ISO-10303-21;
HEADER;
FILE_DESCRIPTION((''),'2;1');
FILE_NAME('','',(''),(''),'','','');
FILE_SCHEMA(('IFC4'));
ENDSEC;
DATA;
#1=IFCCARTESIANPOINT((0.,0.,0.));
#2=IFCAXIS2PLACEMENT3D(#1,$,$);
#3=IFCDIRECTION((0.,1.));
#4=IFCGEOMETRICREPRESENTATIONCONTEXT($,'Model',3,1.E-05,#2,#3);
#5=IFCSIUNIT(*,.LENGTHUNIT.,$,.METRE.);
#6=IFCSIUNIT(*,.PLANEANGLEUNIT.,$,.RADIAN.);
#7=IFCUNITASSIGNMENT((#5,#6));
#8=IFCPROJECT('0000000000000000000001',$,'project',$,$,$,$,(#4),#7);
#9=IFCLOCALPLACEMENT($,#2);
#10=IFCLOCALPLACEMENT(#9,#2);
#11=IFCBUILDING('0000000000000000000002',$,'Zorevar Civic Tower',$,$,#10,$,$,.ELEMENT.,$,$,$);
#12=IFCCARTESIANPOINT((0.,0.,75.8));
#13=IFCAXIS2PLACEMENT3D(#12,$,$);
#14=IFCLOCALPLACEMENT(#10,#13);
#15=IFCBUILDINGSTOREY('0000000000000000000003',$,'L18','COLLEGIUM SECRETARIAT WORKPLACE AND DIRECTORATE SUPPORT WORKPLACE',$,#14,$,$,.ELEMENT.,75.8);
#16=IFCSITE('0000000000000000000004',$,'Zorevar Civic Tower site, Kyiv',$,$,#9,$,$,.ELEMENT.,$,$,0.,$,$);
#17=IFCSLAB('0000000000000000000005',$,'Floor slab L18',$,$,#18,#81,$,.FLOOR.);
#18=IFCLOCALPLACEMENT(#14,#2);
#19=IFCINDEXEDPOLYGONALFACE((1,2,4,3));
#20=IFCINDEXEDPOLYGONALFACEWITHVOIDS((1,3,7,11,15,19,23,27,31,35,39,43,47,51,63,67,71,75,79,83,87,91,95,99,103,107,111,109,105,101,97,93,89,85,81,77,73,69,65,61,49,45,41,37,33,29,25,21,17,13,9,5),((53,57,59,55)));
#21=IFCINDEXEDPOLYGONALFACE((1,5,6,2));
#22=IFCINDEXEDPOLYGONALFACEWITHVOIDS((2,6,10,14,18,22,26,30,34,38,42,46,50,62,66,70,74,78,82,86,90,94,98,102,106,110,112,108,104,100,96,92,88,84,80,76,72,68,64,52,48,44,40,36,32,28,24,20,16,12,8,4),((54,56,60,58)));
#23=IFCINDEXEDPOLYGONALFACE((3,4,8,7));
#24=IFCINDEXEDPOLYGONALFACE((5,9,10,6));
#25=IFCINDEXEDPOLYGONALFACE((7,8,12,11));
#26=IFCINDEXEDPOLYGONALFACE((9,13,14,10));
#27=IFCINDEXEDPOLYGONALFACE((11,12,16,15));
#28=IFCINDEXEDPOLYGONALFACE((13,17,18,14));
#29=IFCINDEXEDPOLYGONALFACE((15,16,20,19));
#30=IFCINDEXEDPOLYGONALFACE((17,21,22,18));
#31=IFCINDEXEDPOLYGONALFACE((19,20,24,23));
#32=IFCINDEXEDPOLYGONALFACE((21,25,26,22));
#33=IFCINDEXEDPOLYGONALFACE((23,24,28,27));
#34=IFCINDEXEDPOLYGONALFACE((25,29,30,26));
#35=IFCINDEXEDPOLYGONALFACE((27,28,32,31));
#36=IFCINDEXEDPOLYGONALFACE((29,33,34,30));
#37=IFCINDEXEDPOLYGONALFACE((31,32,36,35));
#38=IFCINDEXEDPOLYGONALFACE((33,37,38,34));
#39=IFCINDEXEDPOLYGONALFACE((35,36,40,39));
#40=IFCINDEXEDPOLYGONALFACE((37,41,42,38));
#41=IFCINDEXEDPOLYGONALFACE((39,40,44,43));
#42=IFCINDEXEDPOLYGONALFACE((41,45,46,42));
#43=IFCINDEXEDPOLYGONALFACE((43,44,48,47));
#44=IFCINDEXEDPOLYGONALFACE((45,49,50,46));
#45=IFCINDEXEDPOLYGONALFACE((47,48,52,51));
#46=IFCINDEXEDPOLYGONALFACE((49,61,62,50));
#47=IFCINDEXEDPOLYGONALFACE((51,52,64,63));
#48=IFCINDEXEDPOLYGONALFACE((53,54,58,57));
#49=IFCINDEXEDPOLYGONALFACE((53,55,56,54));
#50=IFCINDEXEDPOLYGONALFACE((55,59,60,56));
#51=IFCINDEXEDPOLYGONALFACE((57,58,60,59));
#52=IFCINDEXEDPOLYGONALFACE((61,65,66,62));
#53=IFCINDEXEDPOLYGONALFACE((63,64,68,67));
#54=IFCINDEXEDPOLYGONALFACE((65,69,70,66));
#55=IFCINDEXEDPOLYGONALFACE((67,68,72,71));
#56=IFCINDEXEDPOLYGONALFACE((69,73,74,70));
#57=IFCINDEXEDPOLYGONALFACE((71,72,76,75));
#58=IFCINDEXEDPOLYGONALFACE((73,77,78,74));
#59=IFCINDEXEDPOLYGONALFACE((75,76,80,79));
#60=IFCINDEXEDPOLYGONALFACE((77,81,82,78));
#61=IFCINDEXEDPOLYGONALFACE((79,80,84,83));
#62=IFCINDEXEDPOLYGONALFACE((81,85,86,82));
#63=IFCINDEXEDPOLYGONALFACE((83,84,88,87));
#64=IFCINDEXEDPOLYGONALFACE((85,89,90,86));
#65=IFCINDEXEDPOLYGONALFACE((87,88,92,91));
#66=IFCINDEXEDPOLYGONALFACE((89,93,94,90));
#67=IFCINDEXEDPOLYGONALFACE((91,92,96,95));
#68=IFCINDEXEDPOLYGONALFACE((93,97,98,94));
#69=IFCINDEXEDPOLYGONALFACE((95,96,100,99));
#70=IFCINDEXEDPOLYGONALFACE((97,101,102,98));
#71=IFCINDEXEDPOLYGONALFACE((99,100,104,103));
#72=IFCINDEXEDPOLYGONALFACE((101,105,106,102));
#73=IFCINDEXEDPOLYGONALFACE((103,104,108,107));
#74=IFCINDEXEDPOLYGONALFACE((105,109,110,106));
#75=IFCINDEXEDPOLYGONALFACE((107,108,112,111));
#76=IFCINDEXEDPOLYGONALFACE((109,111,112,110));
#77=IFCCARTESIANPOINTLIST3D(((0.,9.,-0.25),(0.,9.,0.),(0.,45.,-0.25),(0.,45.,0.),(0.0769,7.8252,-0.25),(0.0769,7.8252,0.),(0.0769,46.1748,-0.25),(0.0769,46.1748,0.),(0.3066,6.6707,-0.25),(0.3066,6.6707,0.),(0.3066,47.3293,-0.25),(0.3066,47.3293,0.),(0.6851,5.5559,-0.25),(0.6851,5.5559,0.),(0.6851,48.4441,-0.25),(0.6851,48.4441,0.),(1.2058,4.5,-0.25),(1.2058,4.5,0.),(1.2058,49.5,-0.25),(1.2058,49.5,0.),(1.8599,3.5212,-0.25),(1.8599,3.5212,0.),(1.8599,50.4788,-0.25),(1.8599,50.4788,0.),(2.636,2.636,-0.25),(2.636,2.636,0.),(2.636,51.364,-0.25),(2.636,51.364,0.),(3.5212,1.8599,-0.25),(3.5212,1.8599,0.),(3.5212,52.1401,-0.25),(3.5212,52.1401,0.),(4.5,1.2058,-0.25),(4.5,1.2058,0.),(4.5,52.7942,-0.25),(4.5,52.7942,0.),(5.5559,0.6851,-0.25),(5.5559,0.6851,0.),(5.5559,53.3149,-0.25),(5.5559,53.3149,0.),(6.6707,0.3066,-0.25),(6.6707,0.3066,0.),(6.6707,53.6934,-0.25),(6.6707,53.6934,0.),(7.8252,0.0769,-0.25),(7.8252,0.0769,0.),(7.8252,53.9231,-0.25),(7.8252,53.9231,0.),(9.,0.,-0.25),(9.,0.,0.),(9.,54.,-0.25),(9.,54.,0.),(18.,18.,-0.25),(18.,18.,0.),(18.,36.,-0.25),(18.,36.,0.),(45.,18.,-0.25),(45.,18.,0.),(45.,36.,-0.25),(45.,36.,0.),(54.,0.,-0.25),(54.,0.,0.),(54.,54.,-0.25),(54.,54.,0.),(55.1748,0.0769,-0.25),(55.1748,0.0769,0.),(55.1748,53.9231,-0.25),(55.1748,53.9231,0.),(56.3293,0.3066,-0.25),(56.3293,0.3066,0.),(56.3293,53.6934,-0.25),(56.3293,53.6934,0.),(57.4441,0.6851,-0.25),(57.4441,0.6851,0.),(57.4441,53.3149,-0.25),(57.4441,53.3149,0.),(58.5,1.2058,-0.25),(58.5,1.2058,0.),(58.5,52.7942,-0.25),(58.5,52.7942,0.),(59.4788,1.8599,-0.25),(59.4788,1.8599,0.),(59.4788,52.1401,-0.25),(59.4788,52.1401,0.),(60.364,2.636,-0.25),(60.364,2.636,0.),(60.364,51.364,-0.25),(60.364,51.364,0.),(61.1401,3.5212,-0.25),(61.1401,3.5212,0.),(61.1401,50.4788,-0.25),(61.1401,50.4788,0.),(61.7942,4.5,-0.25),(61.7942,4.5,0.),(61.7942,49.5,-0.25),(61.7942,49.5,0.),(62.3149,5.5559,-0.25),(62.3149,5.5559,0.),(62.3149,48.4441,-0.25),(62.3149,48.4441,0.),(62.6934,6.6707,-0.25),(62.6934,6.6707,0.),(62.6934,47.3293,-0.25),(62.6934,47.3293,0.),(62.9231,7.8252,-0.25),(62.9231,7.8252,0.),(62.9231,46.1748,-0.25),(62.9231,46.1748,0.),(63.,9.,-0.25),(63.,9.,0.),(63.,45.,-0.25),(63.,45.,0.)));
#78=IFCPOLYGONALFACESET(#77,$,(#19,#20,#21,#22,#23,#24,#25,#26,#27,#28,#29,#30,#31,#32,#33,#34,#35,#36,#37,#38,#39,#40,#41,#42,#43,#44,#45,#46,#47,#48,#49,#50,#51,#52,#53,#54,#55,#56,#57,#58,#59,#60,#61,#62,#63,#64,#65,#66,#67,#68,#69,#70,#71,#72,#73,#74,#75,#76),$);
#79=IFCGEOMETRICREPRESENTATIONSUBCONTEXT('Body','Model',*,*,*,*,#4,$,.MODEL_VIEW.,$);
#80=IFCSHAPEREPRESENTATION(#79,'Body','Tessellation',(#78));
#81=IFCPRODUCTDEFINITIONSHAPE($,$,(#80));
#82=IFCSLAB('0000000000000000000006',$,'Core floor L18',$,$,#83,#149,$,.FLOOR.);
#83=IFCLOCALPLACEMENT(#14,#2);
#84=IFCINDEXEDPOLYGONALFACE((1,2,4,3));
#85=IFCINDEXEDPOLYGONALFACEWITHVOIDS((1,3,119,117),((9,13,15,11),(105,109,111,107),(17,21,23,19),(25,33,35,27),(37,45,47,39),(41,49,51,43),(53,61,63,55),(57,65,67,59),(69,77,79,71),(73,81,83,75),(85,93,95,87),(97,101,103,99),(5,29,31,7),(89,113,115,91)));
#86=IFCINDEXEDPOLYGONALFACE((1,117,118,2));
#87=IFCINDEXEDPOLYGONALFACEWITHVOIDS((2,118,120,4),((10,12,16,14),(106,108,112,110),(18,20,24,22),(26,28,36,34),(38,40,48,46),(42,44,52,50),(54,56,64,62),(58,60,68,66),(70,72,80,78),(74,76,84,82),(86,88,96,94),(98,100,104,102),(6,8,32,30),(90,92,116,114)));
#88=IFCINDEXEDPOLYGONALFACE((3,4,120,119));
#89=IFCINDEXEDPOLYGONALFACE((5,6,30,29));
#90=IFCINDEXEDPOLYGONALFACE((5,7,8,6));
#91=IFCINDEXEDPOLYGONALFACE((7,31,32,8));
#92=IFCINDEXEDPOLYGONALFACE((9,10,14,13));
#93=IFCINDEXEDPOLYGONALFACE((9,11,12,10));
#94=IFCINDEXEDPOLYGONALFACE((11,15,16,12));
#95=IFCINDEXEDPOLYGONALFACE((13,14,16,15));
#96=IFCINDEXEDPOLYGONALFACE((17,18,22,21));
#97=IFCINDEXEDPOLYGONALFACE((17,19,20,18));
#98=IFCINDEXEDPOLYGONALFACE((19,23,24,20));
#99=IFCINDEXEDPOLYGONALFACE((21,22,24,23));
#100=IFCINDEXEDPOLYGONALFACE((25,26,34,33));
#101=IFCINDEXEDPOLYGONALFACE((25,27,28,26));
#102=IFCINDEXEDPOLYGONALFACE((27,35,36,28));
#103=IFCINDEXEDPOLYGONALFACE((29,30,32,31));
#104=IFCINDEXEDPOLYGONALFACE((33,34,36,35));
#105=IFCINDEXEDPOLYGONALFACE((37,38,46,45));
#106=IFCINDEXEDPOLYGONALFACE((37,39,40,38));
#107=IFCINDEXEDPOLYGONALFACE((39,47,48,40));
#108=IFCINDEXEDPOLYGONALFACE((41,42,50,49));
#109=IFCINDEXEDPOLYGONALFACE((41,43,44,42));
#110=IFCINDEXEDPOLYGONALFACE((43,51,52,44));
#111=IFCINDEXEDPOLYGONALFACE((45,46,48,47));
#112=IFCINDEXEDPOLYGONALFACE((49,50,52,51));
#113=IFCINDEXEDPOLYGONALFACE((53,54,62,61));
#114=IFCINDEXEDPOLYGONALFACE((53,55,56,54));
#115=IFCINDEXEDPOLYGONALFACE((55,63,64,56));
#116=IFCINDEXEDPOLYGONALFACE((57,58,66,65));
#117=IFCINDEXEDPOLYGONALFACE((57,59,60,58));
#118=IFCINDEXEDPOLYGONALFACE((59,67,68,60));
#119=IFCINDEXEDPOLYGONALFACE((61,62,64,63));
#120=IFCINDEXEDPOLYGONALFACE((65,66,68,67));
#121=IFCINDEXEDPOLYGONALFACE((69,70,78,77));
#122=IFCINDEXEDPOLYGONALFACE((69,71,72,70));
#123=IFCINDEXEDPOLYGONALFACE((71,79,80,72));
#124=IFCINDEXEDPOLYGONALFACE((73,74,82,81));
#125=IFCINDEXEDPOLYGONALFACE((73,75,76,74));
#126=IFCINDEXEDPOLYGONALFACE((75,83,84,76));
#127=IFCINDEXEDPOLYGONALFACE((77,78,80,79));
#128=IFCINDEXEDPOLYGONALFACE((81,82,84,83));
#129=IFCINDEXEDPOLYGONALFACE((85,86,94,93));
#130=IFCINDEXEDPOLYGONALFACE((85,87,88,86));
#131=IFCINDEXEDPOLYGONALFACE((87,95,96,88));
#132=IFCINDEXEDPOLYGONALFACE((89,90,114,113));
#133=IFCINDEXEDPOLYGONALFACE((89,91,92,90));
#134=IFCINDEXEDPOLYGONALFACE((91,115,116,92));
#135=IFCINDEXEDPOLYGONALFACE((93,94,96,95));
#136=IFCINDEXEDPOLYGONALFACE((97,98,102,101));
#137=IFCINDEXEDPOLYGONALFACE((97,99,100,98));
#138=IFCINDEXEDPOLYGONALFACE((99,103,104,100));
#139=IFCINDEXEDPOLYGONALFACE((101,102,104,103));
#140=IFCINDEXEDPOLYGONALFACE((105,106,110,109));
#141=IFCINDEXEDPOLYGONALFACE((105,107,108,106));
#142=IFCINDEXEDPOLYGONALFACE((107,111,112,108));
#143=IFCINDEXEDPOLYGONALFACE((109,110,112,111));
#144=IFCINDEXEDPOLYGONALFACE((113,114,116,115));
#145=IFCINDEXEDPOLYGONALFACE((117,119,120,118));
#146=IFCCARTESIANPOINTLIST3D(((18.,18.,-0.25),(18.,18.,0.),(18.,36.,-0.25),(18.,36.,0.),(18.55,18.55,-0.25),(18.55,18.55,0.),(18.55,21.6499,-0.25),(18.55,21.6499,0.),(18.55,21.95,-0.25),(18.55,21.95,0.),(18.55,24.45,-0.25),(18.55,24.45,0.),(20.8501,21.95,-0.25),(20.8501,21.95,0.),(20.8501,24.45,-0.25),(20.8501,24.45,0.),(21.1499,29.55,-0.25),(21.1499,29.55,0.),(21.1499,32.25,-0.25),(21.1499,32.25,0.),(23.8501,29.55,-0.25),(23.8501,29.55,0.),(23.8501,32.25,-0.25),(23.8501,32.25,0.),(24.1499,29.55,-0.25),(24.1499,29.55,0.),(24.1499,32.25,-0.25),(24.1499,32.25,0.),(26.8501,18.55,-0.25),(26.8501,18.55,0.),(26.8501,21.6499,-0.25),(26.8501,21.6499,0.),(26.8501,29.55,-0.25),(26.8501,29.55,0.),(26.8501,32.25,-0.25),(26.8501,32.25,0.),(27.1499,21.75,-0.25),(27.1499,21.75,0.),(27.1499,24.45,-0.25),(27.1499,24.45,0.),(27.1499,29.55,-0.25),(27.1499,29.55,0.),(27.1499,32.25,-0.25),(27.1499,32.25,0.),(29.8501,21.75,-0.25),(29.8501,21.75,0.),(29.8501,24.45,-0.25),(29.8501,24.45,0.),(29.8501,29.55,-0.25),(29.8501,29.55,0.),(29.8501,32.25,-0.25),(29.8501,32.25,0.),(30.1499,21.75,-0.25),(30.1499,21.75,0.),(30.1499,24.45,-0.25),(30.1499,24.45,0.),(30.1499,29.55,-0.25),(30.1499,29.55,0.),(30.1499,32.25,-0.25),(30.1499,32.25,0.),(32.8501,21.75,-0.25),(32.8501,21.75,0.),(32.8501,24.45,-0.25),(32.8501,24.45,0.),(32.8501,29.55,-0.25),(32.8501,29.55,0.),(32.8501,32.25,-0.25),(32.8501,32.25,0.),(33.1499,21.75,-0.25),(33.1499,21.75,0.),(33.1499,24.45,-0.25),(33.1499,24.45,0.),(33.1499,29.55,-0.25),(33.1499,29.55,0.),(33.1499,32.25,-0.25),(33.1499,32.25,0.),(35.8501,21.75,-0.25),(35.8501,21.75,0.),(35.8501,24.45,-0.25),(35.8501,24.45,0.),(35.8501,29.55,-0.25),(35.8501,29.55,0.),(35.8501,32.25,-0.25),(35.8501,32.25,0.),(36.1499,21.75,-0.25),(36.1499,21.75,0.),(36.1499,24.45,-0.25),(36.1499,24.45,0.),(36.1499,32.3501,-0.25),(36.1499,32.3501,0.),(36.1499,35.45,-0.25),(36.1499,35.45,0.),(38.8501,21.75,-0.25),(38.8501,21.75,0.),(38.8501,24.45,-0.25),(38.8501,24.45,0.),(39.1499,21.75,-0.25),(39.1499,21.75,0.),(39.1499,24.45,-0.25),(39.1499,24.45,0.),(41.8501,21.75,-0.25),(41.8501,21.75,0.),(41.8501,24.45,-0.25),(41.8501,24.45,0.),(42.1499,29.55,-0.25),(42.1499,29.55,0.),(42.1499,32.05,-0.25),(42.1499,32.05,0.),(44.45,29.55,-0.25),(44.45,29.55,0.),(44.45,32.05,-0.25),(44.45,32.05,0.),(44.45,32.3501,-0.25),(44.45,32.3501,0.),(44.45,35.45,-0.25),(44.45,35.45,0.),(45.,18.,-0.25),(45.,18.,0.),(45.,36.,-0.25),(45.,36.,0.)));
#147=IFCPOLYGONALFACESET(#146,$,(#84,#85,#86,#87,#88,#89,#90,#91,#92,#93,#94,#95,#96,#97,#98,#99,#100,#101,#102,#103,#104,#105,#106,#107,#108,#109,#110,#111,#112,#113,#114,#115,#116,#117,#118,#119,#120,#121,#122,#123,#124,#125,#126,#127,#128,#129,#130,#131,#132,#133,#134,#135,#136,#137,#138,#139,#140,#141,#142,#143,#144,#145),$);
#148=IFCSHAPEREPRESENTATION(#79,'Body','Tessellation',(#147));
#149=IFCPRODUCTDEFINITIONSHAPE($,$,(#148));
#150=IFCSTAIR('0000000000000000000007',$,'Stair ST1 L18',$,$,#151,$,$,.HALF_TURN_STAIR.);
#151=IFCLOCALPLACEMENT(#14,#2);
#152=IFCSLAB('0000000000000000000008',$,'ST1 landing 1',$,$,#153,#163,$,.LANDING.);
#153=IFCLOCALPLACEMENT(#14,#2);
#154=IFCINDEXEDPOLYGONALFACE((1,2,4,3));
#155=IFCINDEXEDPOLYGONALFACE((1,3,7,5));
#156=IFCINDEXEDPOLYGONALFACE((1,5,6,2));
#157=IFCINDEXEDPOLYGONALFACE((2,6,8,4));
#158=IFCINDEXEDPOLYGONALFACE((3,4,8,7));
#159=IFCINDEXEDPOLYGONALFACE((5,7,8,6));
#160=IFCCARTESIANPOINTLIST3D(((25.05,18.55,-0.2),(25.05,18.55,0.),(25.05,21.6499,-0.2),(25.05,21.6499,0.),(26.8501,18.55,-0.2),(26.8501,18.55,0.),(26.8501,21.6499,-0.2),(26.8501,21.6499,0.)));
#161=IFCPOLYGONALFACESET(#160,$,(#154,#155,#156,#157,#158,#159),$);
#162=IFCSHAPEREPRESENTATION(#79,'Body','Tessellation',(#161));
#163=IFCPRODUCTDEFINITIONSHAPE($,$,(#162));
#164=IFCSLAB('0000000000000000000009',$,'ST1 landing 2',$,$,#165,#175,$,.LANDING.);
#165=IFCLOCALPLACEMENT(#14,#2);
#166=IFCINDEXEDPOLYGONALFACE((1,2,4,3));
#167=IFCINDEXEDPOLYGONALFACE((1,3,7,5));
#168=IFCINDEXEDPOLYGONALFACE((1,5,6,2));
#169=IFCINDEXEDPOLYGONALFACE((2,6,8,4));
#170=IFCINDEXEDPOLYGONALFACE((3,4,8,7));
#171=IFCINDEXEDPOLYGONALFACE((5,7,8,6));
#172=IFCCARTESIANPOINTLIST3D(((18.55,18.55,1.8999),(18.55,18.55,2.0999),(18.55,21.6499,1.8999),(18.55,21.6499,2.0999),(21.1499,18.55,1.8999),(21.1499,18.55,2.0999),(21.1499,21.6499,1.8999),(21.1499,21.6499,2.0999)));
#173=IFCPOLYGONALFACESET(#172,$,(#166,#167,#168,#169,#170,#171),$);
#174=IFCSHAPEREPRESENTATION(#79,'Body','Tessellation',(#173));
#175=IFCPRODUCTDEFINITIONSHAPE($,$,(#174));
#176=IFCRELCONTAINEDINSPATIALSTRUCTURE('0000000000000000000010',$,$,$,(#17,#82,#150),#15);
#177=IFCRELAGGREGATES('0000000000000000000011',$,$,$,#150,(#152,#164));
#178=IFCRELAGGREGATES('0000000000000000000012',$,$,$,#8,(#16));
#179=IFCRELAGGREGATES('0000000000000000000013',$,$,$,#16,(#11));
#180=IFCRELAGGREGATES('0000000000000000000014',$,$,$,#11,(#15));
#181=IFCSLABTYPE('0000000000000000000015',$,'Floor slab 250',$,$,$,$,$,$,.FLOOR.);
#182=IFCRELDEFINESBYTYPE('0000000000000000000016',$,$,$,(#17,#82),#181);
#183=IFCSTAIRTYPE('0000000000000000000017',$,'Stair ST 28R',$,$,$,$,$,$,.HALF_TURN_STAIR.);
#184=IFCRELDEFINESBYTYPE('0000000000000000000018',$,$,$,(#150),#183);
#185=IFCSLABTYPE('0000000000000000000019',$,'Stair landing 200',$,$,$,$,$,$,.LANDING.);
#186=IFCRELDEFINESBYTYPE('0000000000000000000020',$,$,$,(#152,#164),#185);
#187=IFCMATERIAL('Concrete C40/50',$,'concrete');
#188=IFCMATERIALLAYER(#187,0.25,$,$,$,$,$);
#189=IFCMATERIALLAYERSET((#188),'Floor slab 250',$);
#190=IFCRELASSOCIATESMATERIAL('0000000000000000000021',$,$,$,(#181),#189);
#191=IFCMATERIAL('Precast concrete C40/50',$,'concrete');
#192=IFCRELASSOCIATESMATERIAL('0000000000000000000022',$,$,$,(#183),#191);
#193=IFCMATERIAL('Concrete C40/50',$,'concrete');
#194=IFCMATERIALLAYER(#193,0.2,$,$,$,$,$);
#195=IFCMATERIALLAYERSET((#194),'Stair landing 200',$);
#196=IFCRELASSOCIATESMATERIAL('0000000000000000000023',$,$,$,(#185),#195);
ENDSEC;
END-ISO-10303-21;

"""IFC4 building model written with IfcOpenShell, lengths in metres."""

from ifc_helpers import new_model, si_unit, direction, frame, origin, place, context, subcontext, project, spatial, polyline, outline, extrude, material, layer, layer_set, type_object, element, aggregate, save


model = new_model("IFC4")

# Units and contexts
model_context = context("Model", 3, precision=1e-05, world=origin(), true_north=direction((0.0, 1.0)))
body_context = subcontext(model_context, "Body", "Model", "MODEL_VIEW")
ifc_project = project(units=[si_unit("LENGTHUNIT", "METRE"), si_unit("PLANEANGLEUNIT", "RADIAN")], contexts=[model_context])

# Site, building, storey
site_placement = place(None, origin())
site = spatial("IfcSite", under=ifc_project, at=site_placement, Name="Zorevar Civic Tower site, Kyiv", CompositionType="ELEMENT", RefElevation=0.0)
building_placement = place(site_placement, origin())
building = spatial("IfcBuilding", under=site, at=building_placement, Name="Zorevar Civic Tower", CompositionType="ELEMENT")
storey_placement = place(building_placement, frame((0.0, 0.0, 75.8)))
storey = spatial("IfcBuildingStorey", under=building, at=storey_placement, Name="L18", Description="COLLEGIUM SECRETARIAT WORKPLACE AND DIRECTORATE SUPPORT WORKPLACE", CompositionType="ELEMENT", Elevation=75.8)

# Slabs
ifc_material_1 = material(Name="Concrete C40/50", Category="concrete")
ifc_layer_1 = layer(ifc_material_1, 0.25)
ifc_layer_set_1 = layer_set([ifc_layer_1], Name="Floor slab 250")
slab_type_1 = type_object("IfcSlabType", Name="Floor slab 250", PredefinedType="FLOOR", material=ifc_layer_set_1)
slab_1_placement = place(storey_placement, frame((0.0, 0.0, -0.25)))
element("IfcSlab", 1, at=slab_1_placement, inside=storey, type_object=slab_type_1, Name="Floor slab L18", PredefinedType="FLOOR", context=body_context, shape_type="SweptSolid", body=[
    extrude(outline(polyline([(54.0, 0.0), (55.1748, 0.0769), (56.3293, 0.3066), (57.4441, 0.6851), (58.5, 1.2058), (59.4788, 1.8599), (60.364, 2.636), (61.1401, 3.5212), (61.7942, 4.5), (62.3149, 5.5559), (62.6934, 6.6707), (62.9231, 7.8252), (63.0, 9.0), (63.0, 45.0), (62.9231, 46.1748), (62.6934, 47.3293), (62.3149, 48.4441), (61.7942, 49.5), (61.1401, 50.4788), (60.364, 51.364), (59.4788, 52.1401), (58.5, 52.7942), (57.4441, 53.3149), (56.3293, 53.6934), (55.1748, 53.9231), (54.0, 54.0), (9.0, 54.0), (7.8252, 53.9231), (6.6707, 53.6934), (5.5559, 53.3149), (4.5, 52.7942), (3.5212, 52.1401), (2.636, 51.364), (1.8599, 50.4788), (1.2058, 49.5), (0.6851, 48.4441), (0.3066, 47.3293), (0.0769, 46.1748), (0.0, 45.0), (0.0, 9.0), (0.0769, 7.8252), (0.3066, 6.6707), (0.6851, 5.5559), (1.2058, 4.5), (1.8599, 3.5212), (2.636, 2.636), (3.5212, 1.8599), (4.5, 1.2058), (5.5559, 0.6851), (6.6707, 0.3066), (7.8252, 0.0769), (9.0, 0.0), (54.0, 0.0)]), holes=[polyline([(18.0, 18.0), (45.0, 18.0), (45.0, 36.0), (18.0, 36.0), (18.0, 18.0)])]), origin(), (0.0, 0.0, 1.0), 0.25),
])
slab_2_placement = place(storey_placement, frame((0.0, 0.0, -0.25)))
element("IfcSlab", 2, at=slab_2_placement, inside=storey, type_object=slab_type_1, Name="Core floor L18", PredefinedType="FLOOR", context=body_context, shape_type="SweptSolid", body=[
    extrude(outline(polyline([(18.0, 18.0), (45.0, 18.0), (45.0, 36.0), (18.0, 36.0), (18.0, 18.0)]), holes=[polyline([(18.55, 18.55), (26.8501, 18.55), (26.8501, 21.6499), (18.55, 21.6499), (18.55, 18.55)]), polyline([(36.1499, 32.3501), (44.45, 32.3501), (44.45, 35.45), (36.1499, 35.45), (36.1499, 32.3501)]), polyline([(18.55, 21.95), (20.8501, 21.95), (20.8501, 24.45), (18.55, 24.45), (18.55, 21.95)]), polyline([(42.1499, 29.55), (44.45, 29.55), (44.45, 32.05), (42.1499, 32.05), (42.1499, 29.55)]), polyline([(27.1499, 21.75), (29.8501, 21.75), (29.8501, 24.45), (27.1499, 24.45), (27.1499, 21.75)]), polyline([(33.1499, 29.55), (35.8501, 29.55), (35.8501, 32.25), (33.1499, 32.25), (33.1499, 29.55)]), polyline([(30.1499, 21.75), (32.8501, 21.75), (32.8501, 24.45), (30.1499, 24.45), (30.1499, 21.75)]), polyline([(30.1499, 29.55), (32.8501, 29.55), (32.8501, 32.25), (30.1499, 32.25), (30.1499, 29.55)]), polyline([(33.1499, 21.75), (35.8501, 21.75), (35.8501, 24.45), (33.1499, 24.45), (33.1499, 21.75)]), polyline([(27.1499, 29.55), (29.8501, 29.55), (29.8501, 32.25), (27.1499, 32.25), (27.1499, 29.55)]), polyline([(36.1499, 21.75), (38.8501, 21.75), (38.8501, 24.45), (36.1499, 24.45), (36.1499, 21.75)]), polyline([(24.1499, 29.55), (26.8501, 29.55), (26.8501, 32.25), (24.1499, 32.25), (24.1499, 29.55)]), polyline([(39.1499, 21.75), (41.8501, 21.75), (41.8501, 24.45), (39.1499, 24.45), (39.1499, 21.75)]), polyline([(21.1499, 29.55), (23.8501, 29.55), (23.8501, 32.25), (21.1499, 32.25), (21.1499, 29.55)])]), origin(), (0.0, 0.0, 1.0), 0.25),
])

# Stair, slabs
ifc_material_2 = material(Name="Precast concrete C40/50", Category="concrete")
stair_type = type_object("IfcStairType", Name="Stair ST 28R", PredefinedType="HALF_TURN_STAIR", material=ifc_material_2)
stair_1_placement = place(storey_placement, origin())
stair_1 = element("IfcStair", 3, at=stair_1_placement, inside=storey, type_object=stair_type, Name="Stair ST1 L18", PredefinedType="HALF_TURN_STAIR")
ifc_material_3 = material(Name="Concrete C40/50", Category="concrete")
ifc_layer_2 = layer(ifc_material_3, 0.2)
ifc_layer_set_2 = layer_set([ifc_layer_2], Name="Stair landing 200")
slab_type_2 = type_object("IfcSlabType", Name="Stair landing 200", PredefinedType="LANDING", material=ifc_layer_set_2)
slab_3_placement = place(storey_placement, frame((0.0, 0.0, -0.2)))
slab_3 = element("IfcSlab", 4, at=slab_3_placement, type_object=slab_type_2, Name="ST1 landing 1", PredefinedType="LANDING", context=body_context, shape_type="SweptSolid", body=[
    extrude(outline(polyline([(25.05, 18.55), (26.8501, 18.55), (26.8501, 21.6499), (25.05, 21.6499), (25.05, 18.55)])), origin(), (0.0, 0.0, 1.0), 0.2),
])
slab_4_placement = place(storey_placement, frame((0.0, 0.0, 1.8999)))
slab_4 = element("IfcSlab", 5, at=slab_4_placement, type_object=slab_type_2, Name="ST1 landing 2", PredefinedType="LANDING", context=body_context, shape_type="SweptSolid", body=[
    extrude(outline(polyline([(18.55, 18.55), (21.1499, 18.55), (21.1499, 21.6499), (18.55, 21.6499), (18.55, 18.55)])), origin(), (0.0, 0.0, 1.0), 0.2),
])
aggregate(stair_1, [slab_3, slab_4])

save(model, "model.ifc")
